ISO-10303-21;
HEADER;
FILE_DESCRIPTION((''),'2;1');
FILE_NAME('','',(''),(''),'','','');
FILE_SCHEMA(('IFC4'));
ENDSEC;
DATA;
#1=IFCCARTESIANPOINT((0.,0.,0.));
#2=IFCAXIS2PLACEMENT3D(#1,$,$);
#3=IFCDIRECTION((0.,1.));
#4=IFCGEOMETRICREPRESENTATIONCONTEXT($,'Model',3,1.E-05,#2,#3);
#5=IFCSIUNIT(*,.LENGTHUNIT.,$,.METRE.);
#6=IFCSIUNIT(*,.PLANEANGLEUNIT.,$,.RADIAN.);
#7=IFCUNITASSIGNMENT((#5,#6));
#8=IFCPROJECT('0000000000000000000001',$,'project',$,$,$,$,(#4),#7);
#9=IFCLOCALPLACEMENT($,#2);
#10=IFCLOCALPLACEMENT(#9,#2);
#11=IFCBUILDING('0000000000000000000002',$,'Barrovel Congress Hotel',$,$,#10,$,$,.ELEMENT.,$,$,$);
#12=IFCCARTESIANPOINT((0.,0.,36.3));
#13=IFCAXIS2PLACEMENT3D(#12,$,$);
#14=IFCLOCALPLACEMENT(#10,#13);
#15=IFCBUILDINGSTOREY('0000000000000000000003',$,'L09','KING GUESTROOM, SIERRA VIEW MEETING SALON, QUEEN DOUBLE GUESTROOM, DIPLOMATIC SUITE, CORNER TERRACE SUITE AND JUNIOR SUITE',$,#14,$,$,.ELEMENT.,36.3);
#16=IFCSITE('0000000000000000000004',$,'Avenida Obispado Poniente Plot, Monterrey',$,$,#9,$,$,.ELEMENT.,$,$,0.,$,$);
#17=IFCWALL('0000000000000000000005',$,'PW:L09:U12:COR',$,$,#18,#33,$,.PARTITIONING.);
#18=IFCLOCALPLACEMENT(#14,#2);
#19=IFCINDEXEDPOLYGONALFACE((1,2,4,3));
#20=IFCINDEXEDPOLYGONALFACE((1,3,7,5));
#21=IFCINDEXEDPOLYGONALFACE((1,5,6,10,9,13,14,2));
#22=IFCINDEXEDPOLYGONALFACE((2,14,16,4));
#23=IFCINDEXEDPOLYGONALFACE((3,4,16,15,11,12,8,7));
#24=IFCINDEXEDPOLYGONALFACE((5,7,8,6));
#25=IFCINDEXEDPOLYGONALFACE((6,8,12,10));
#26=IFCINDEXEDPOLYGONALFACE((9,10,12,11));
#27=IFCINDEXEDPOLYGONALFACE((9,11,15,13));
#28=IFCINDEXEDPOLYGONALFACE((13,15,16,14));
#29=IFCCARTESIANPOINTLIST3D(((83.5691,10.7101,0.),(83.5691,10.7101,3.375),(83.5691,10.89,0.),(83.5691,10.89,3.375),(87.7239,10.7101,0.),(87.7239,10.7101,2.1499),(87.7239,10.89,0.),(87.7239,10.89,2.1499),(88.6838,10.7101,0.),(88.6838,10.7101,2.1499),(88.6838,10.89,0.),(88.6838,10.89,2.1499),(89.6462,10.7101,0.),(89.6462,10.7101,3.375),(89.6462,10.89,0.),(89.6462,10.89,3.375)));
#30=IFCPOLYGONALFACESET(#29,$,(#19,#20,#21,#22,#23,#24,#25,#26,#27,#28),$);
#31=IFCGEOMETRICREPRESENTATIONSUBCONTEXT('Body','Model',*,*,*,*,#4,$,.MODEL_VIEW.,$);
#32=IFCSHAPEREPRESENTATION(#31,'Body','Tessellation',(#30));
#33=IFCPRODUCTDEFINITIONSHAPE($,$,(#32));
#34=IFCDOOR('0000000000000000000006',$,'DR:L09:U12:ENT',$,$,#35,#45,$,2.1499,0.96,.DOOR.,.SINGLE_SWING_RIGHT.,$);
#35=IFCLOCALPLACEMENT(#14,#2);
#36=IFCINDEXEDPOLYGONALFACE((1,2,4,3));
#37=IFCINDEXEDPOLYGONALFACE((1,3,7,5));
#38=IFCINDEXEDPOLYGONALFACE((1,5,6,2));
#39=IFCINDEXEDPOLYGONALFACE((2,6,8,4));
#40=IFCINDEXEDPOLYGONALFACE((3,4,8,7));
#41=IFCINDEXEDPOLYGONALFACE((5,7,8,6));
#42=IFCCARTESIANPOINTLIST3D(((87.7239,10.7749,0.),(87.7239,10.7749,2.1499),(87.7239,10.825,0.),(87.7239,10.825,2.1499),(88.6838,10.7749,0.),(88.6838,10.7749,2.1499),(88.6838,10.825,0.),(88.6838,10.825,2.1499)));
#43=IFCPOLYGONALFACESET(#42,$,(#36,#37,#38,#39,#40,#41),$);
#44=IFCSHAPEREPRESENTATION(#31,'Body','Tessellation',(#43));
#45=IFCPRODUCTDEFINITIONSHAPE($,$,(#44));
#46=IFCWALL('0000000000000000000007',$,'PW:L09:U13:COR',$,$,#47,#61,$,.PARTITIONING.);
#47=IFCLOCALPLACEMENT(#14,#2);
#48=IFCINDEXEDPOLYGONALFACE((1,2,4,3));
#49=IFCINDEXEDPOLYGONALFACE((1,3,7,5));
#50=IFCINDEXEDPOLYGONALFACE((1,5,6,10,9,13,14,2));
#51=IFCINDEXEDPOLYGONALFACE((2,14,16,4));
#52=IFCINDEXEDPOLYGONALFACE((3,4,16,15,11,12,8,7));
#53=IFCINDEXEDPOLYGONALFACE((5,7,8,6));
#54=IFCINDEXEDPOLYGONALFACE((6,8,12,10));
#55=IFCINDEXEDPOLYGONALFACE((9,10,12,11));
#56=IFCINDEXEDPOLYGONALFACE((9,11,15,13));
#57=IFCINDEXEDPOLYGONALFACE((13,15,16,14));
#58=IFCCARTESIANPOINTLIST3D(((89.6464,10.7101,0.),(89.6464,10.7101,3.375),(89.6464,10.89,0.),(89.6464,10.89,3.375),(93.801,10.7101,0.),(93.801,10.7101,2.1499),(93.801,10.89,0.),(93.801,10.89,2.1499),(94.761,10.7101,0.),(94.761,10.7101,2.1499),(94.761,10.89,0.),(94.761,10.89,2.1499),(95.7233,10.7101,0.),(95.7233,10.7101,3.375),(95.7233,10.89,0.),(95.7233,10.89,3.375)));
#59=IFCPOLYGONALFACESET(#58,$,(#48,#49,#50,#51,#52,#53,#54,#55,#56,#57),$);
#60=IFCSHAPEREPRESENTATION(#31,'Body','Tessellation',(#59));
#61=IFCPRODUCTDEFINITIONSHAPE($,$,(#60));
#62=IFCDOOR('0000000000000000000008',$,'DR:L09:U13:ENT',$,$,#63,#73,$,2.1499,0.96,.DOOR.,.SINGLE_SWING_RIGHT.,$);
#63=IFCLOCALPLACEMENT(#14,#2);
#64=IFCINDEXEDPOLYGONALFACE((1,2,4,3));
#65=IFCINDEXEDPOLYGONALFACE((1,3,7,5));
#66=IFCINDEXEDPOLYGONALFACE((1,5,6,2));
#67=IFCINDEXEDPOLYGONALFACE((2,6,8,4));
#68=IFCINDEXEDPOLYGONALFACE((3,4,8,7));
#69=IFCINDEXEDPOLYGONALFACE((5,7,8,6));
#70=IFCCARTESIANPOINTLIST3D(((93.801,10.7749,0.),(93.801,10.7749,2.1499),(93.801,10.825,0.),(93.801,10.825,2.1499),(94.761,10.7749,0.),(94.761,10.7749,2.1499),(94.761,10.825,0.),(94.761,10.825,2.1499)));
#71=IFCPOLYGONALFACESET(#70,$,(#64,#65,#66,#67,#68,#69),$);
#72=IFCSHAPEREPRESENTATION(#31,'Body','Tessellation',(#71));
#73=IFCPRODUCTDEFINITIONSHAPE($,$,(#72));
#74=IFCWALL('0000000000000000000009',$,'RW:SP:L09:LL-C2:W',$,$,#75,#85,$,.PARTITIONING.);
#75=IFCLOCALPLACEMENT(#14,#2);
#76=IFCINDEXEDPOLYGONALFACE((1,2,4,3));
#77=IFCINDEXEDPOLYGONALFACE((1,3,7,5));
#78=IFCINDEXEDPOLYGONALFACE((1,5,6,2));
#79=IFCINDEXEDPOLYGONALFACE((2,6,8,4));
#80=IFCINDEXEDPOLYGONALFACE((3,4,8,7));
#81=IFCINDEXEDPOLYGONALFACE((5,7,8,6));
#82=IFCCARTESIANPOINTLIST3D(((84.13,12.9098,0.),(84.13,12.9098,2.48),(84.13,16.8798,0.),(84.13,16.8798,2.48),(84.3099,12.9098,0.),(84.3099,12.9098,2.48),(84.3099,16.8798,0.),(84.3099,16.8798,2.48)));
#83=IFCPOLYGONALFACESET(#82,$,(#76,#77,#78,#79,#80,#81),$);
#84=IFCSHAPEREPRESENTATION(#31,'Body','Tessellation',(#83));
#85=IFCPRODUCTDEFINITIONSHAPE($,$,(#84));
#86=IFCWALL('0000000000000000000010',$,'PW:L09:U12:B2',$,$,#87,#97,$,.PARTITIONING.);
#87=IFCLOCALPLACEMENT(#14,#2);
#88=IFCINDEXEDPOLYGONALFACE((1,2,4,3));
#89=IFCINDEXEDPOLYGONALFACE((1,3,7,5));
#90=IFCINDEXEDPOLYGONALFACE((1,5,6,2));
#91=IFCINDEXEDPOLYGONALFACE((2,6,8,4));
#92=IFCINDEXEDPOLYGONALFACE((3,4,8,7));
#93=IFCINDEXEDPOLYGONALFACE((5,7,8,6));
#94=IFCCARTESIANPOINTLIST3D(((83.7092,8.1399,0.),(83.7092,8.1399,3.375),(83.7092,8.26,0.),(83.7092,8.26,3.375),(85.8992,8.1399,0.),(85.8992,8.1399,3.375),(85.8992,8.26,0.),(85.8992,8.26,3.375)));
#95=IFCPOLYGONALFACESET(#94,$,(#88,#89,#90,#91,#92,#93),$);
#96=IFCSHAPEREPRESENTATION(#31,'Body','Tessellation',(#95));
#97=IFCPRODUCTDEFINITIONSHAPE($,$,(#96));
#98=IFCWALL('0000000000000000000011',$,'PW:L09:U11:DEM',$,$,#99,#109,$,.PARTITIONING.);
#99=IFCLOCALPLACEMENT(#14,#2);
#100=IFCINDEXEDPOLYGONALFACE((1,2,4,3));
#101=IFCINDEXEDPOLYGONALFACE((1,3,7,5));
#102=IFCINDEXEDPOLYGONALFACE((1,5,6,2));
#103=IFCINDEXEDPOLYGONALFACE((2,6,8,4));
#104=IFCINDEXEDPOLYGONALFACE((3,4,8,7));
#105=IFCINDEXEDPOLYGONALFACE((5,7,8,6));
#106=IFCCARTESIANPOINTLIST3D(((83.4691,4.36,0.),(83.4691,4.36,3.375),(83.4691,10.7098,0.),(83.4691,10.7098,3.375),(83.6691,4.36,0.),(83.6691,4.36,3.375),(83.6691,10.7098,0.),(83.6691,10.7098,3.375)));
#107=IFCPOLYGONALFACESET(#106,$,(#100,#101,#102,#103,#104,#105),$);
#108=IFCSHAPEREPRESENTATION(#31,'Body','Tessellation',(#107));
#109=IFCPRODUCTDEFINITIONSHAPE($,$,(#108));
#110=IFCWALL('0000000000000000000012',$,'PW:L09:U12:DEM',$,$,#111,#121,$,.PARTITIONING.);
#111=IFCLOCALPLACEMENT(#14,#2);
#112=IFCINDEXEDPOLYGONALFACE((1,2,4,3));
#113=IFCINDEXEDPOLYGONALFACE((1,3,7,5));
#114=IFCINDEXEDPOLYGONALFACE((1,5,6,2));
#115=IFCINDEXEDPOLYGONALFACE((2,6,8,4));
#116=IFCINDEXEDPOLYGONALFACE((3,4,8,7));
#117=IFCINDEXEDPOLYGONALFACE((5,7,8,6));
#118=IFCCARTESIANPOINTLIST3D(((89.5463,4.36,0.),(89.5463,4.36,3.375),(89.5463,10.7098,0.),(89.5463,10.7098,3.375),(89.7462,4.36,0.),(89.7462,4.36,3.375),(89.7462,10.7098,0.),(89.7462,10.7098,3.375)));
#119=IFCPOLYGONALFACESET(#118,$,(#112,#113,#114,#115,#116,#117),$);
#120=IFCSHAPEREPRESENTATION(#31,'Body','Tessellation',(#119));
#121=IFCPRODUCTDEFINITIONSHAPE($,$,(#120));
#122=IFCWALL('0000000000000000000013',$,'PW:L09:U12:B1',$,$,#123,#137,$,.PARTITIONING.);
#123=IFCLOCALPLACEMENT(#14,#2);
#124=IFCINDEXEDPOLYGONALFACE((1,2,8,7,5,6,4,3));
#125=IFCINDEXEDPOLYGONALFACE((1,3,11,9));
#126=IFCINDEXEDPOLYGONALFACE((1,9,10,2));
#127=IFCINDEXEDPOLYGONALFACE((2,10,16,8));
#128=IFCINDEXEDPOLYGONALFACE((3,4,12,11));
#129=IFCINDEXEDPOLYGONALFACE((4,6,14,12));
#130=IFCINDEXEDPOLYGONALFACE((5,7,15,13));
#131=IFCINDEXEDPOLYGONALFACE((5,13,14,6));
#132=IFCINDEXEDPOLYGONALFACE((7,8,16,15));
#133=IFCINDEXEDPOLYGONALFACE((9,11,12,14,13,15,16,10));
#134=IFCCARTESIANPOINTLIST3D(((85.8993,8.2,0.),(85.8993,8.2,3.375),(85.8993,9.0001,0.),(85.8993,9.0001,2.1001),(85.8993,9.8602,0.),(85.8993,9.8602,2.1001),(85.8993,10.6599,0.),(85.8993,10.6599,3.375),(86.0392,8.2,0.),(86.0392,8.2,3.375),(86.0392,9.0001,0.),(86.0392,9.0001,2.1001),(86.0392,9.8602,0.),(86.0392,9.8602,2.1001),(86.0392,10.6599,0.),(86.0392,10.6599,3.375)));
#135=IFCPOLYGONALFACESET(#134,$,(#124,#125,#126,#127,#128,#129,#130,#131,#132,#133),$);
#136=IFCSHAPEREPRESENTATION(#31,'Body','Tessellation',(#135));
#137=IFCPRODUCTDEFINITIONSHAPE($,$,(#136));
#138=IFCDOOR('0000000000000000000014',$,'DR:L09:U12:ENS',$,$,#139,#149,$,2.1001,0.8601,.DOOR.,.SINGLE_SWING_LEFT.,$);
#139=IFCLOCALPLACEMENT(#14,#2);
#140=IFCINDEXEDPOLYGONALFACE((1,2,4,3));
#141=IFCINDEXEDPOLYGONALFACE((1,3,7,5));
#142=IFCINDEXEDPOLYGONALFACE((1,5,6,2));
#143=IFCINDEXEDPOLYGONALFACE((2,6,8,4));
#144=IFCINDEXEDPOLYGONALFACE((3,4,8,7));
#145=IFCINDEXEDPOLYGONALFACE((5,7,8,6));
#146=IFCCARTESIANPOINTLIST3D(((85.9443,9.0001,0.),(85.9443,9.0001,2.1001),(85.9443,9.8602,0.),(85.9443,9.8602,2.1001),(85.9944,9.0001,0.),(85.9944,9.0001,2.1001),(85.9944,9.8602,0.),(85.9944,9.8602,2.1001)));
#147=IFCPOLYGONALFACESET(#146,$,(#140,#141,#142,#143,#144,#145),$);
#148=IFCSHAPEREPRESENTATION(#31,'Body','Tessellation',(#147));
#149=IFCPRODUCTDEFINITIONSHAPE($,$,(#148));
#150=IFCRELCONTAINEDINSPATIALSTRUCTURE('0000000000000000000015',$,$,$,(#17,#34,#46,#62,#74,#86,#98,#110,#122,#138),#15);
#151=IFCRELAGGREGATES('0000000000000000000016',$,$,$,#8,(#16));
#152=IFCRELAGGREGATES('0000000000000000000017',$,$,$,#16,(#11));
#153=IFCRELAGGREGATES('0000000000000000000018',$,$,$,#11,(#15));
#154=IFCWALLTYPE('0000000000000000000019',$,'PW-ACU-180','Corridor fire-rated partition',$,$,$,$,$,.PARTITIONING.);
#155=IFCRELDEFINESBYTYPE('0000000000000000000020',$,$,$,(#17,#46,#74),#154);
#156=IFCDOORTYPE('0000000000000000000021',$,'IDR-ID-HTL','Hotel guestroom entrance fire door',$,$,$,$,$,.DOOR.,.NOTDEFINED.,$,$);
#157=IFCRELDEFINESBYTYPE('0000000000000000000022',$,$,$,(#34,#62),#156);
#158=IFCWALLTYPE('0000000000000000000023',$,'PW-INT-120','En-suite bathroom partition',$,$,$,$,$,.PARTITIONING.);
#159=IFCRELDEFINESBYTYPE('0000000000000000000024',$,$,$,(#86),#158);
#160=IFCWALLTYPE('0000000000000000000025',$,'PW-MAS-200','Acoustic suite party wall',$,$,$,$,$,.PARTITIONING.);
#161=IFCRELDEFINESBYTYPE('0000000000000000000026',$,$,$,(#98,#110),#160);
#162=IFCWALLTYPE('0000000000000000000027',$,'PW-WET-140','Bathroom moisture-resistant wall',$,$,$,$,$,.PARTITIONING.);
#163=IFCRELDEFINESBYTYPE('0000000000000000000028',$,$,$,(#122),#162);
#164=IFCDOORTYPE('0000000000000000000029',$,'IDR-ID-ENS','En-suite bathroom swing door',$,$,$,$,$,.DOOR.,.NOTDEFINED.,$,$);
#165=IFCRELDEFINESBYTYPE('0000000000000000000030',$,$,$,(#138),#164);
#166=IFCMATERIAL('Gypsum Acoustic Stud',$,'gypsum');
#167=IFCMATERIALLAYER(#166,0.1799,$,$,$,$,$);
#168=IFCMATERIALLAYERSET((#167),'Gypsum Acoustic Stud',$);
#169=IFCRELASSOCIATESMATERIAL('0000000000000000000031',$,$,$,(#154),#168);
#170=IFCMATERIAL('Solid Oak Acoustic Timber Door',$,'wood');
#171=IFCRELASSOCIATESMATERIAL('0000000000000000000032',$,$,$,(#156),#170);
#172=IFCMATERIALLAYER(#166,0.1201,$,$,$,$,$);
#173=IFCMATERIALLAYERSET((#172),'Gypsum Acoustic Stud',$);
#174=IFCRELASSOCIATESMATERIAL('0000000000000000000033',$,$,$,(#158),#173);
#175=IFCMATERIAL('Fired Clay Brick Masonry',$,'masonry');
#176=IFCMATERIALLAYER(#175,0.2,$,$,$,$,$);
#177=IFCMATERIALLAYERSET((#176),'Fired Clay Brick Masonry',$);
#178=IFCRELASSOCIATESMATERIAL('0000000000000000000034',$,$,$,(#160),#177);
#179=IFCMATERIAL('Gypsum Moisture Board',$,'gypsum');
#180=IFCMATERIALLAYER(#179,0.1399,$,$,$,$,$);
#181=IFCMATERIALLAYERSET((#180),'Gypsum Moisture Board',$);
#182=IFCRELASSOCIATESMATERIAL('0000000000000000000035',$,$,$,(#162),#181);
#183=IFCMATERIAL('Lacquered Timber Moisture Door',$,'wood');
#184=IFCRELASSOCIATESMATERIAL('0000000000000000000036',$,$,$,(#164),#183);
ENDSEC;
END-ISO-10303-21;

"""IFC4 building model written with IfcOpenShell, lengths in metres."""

from ifc_helpers import new_model, si_unit, direction, frame, frame_2d, origin, place, context, subcontext, project, spatial, rectangle, extrude, material, layer, layer_set, type_object, element, fill, save


model = new_model("IFC4")

# Units and contexts
model_context = context("Model", 3, precision=1e-05, world=origin(), true_north=direction((0.0, 1.0)))
body_context = subcontext(model_context, "Body", "Model", "MODEL_VIEW")
ifc_project = project(units=[si_unit("LENGTHUNIT", "METRE"), si_unit("PLANEANGLEUNIT", "RADIAN")], contexts=[model_context])

# Site, building, storey
site_placement = place(None, origin())
site = spatial("IfcSite", under=ifc_project, at=site_placement, Name="Avenida Obispado Poniente Plot, Monterrey", CompositionType="ELEMENT", RefElevation=0.0)
building_placement = place(site_placement, origin())
building = spatial("IfcBuilding", under=site, at=building_placement, Name="Barrovel Congress Hotel", CompositionType="ELEMENT")
storey_placement = place(building_placement, frame((0.0, 0.0, 36.3)))
storey = spatial("IfcBuildingStorey", under=building, at=storey_placement, Name="L09", Description="KING GUESTROOM, SIERRA VIEW MEETING SALON, QUEEN DOUBLE GUESTROOM, DIPLOMATIC SUITE, CORNER TERRACE SUITE AND JUNIOR SUITE", CompositionType="ELEMENT", Elevation=36.3)

# Shared definitions
ifc_material_1 = material(Name="Fired Clay Brick Masonry", Category="masonry")

# Walls, openings, doors
ifc_material_2 = material(Name="Gypsum Acoustic Stud", Category="gypsum")
ifc_layer_1 = layer(ifc_material_2, 0.1799)
ifc_layer_set_1 = layer_set([ifc_layer_1], Name="Gypsum Acoustic Stud")
wall_type_1 = type_object("IfcWallType", Name="PW-ACU-180", Description="Corridor fire-rated partition", PredefinedType="PARTITIONING", material=ifc_layer_set_1)
wall_1_placement = place(storey_placement, frame((83.5691, 10.8, 0.0), z_axis=(0.0, 0.0, 1.0), x_axis=(1.0, 0.0, 0.0)))
wall_1 = element("IfcWall", 1, at=wall_1_placement, inside=storey, type_object=wall_type_1, Name="PW:L09:U12:COR", PredefinedType="PARTITIONING", context=body_context, shape_type="SweptSolid", body=[
    extrude(rectangle(XDim=6.0771, YDim=0.1799, at=frame_2d((3.0386, 0.0))), origin(), (0.0, 0.0, 1.0), 3.375),
])
opening_1_placement = place(wall_1_placement, frame((4.1548, 0.0, 0.0)))
opening_1 = element("IfcOpeningElement", 2, at=opening_1_placement, cuts=wall_1, PredefinedType="OPENING", context=body_context, shape_type="SweptSolid", body=[
    extrude(rectangle(XDim=0.96, YDim=2.1499, at=frame_2d((0.48, 1.075))), frame((0.0, 0.1001, 0.0), z_axis=(0.0, -1.0, 0.0), x_axis=(1.0, 0.0, 0.0)), (0.0, 0.0, 1.0), 0.2),
])
ifc_material_3 = material(Name="Solid Oak Acoustic Timber Door", Category="wood")
door_type_1 = type_object("IfcDoorType", Name="IDR-ID-HTL", Description="Hotel guestroom entrance fire door", OperationType="NOTDEFINED", PredefinedType="DOOR", material=ifc_material_3)
door_1_placement = place(opening_1_placement, origin())
door_1 = element("IfcDoor", 3, at=door_1_placement, inside=storey, type_object=door_type_1, Name="DR:L09:U12:ENT", OperationType="SINGLE_SWING_RIGHT", OverallHeight=2.1499, OverallWidth=0.96, PredefinedType="DOOR", context=body_context, shape_type="SweptSolid", body=[
    extrude(rectangle(XDim=0.96, YDim=2.1499, at=frame_2d((0.48, 1.075))), frame((0.0, 0.0249, 0.0), z_axis=(0.0, -1.0, 0.0), x_axis=(1.0, 0.0, 0.0)), (0.0, 0.0, 1.0), 0.05),
])
fill(opening_1, door_1)
wall_2_placement = place(storey_placement, frame((89.6462, 10.8, 0.0), z_axis=(0.0, 0.0, 1.0), x_axis=(1.0, 0.0, 0.0)))
wall_2 = element("IfcWall", 4, at=wall_2_placement, inside=storey, type_object=wall_type_1, Name="PW:L09:U13:COR", PredefinedType="PARTITIONING", context=body_context, shape_type="SweptSolid", body=[
    extrude(rectangle(XDim=6.0769, YDim=0.1799, at=frame_2d((3.0386, 0.0))), origin(), (0.0, 0.0, 1.0), 3.375),
])
opening_2_placement = place(wall_2_placement, frame((4.1548, 0.0, 0.0)))
opening_2 = element("IfcOpeningElement", 5, at=opening_2_placement, cuts=wall_2, PredefinedType="OPENING", context=body_context, shape_type="SweptSolid", body=[
    extrude(rectangle(XDim=0.96, YDim=2.1499, at=frame_2d((0.48, 1.075))), frame((0.0, 0.1001, 0.0), z_axis=(0.0, -1.0, 0.0), x_axis=(1.0, 0.0, 0.0)), (0.0, 0.0, 1.0), 0.2),
])
door_2_placement = place(opening_2_placement, origin())
door_2 = element("IfcDoor", 6, at=door_2_placement, inside=storey, type_object=door_type_1, Name="DR:L09:U13:ENT", OperationType="SINGLE_SWING_RIGHT", OverallHeight=2.1499, OverallWidth=0.96, PredefinedType="DOOR", context=body_context, shape_type="SweptSolid", body=[
    extrude(rectangle(XDim=0.96, YDim=2.1499, at=frame_2d((0.48, 1.075))), frame((0.0, 0.0249, 0.0), z_axis=(0.0, -1.0, 0.0), x_axis=(1.0, 0.0, 0.0)), (0.0, 0.0, 1.0), 0.05),
])
fill(opening_2, door_2)

# Walls
wall_3_placement = place(storey_placement, frame((84.22, 12.9099, 0.0), z_axis=(0.0, 0.0, 1.0), x_axis=(0.0, 1.0, 0.0)))
element("IfcWall", 7, at=wall_3_placement, inside=storey, type_object=wall_type_1, Name="RW:SP:L09:LL-C2:W", PredefinedType="PARTITIONING", context=body_context, shape_type="SweptSolid", body=[
    extrude(rectangle(XDim=3.97, YDim=0.1799, at=frame_2d((1.9849, 0.0))), origin(), (0.0, 0.0, 1.0), 2.48),
])
ifc_layer_2 = layer(ifc_material_2, 0.1201)
ifc_layer_set_2 = layer_set([ifc_layer_2], Name="Gypsum Acoustic Stud")
wall_type_2 = type_object("IfcWallType", Name="PW-INT-120", Description="En-suite bathroom partition", PredefinedType="PARTITIONING", material=ifc_layer_set_2)
wall_4_placement = place(storey_placement, frame((83.7092, 8.2, 0.0), z_axis=(0.0, 0.0, 1.0), x_axis=(1.0, 0.0, 0.0)))
element("IfcWall", 8, at=wall_4_placement, inside=storey, type_object=wall_type_2, Name="PW:L09:U12:B2", PredefinedType="PARTITIONING", context=body_context, shape_type="SweptSolid", body=[
    extrude(rectangle(XDim=2.1899, YDim=0.1201, at=frame_2d((1.095, 0.0))), origin(), (0.0, 0.0, 1.0), 3.375),
])
ifc_layer_3 = layer(ifc_material_1, 0.2)
ifc_layer_set_3 = layer_set([ifc_layer_3], Name="Fired Clay Brick Masonry")
wall_type_3 = type_object("IfcWallType", Name="PW-MAS-200", Description="Acoustic suite party wall", PredefinedType="PARTITIONING", material=ifc_layer_set_3)
for number, where, z_axis, x_axis, name in (
    (9, (83.5691, 4.3601, 0.0), (0.0, 0.0, 1.0), (0.0, 1.0, 0.0), "PW:L09:U11:DEM"),
    (10, (89.6462, 4.3601, 0.0), (0.0, 0.0, 1.0), (0.0, 1.0, 0.0), "PW:L09:U12:DEM"),
):
    element("IfcWall", number, at=place(storey_placement, frame(where, z_axis=z_axis, x_axis=x_axis)), inside=storey, type_object=wall_type_3, Name=name, PredefinedType="PARTITIONING", context=body_context, shape_type="SweptSolid", body=[
        extrude(rectangle(XDim=6.3499, YDim=0.2, at=frame_2d((3.1748, 0.0))), origin(), (0.0, 0.0, 1.0), 3.375),
    ])

# Wall, opening, door
ifc_material_4 = material(Name="Gypsum Moisture Board", Category="gypsum")
ifc_layer_4 = layer(ifc_material_4, 0.1399)
ifc_layer_set_4 = layer_set([ifc_layer_4], Name="Gypsum Moisture Board")
wall_type_4 = type_object("IfcWallType", Name="PW-WET-140", Description="Bathroom moisture-resistant wall", PredefinedType="PARTITIONING", material=ifc_layer_set_4)
wall_5_placement = place(storey_placement, frame((85.9692, 8.2, 0.0), z_axis=(0.0, 0.0, 1.0), x_axis=(0.0, 1.0, 0.0)))
wall_5 = element("IfcWall", 11, at=wall_5_placement, inside=storey, type_object=wall_type_4, Name="PW:L09:U12:B1", PredefinedType="PARTITIONING", context=body_context, shape_type="SweptSolid", body=[
    extrude(rectangle(XDim=2.46, YDim=0.1399, at=frame_2d((1.23, 0.0))), origin(), (0.0, 0.0, 1.0), 3.375),
])
opening_3_placement = place(wall_5_placement, frame((0.8, 0.0, 0.0)))
opening_3 = element("IfcOpeningElement", 12, at=opening_3_placement, cuts=wall_5, PredefinedType="OPENING", context=body_context, shape_type="SweptSolid", body=[
    extrude(rectangle(XDim=0.8601, YDim=2.1001, at=frame_2d((0.4302, 1.05))), frame((0.0, 0.0801, 0.0), z_axis=(0.0, -1.0, 0.0), x_axis=(1.0, 0.0, 0.0)), (0.0, 0.0, 1.0), 0.1599),
])
ifc_material_5 = material(Name="Lacquered Timber Moisture Door", Category="wood")
door_type_2 = type_object("IfcDoorType", Name="IDR-ID-ENS", Description="En-suite bathroom swing door", OperationType="NOTDEFINED", PredefinedType="DOOR", material=ifc_material_5)
door_3_placement = place(opening_3_placement, origin())
door_3 = element("IfcDoor", 13, at=door_3_placement, inside=storey, type_object=door_type_2, Name="DR:L09:U12:ENS", OperationType="SINGLE_SWING_LEFT", OverallHeight=2.1001, OverallWidth=0.8601, PredefinedType="DOOR", context=body_context, shape_type="SweptSolid", body=[
    extrude(rectangle(XDim=0.8601, YDim=2.1001, at=frame_2d((0.4302, 1.05))), frame((0.0, 0.0249, 0.0), z_axis=(0.0, -1.0, 0.0), x_axis=(1.0, 0.0, 0.0)), (0.0, 0.0, 1.0), 0.05),
])
fill(opening_3, door_3)

save(model, "model.ifc")
